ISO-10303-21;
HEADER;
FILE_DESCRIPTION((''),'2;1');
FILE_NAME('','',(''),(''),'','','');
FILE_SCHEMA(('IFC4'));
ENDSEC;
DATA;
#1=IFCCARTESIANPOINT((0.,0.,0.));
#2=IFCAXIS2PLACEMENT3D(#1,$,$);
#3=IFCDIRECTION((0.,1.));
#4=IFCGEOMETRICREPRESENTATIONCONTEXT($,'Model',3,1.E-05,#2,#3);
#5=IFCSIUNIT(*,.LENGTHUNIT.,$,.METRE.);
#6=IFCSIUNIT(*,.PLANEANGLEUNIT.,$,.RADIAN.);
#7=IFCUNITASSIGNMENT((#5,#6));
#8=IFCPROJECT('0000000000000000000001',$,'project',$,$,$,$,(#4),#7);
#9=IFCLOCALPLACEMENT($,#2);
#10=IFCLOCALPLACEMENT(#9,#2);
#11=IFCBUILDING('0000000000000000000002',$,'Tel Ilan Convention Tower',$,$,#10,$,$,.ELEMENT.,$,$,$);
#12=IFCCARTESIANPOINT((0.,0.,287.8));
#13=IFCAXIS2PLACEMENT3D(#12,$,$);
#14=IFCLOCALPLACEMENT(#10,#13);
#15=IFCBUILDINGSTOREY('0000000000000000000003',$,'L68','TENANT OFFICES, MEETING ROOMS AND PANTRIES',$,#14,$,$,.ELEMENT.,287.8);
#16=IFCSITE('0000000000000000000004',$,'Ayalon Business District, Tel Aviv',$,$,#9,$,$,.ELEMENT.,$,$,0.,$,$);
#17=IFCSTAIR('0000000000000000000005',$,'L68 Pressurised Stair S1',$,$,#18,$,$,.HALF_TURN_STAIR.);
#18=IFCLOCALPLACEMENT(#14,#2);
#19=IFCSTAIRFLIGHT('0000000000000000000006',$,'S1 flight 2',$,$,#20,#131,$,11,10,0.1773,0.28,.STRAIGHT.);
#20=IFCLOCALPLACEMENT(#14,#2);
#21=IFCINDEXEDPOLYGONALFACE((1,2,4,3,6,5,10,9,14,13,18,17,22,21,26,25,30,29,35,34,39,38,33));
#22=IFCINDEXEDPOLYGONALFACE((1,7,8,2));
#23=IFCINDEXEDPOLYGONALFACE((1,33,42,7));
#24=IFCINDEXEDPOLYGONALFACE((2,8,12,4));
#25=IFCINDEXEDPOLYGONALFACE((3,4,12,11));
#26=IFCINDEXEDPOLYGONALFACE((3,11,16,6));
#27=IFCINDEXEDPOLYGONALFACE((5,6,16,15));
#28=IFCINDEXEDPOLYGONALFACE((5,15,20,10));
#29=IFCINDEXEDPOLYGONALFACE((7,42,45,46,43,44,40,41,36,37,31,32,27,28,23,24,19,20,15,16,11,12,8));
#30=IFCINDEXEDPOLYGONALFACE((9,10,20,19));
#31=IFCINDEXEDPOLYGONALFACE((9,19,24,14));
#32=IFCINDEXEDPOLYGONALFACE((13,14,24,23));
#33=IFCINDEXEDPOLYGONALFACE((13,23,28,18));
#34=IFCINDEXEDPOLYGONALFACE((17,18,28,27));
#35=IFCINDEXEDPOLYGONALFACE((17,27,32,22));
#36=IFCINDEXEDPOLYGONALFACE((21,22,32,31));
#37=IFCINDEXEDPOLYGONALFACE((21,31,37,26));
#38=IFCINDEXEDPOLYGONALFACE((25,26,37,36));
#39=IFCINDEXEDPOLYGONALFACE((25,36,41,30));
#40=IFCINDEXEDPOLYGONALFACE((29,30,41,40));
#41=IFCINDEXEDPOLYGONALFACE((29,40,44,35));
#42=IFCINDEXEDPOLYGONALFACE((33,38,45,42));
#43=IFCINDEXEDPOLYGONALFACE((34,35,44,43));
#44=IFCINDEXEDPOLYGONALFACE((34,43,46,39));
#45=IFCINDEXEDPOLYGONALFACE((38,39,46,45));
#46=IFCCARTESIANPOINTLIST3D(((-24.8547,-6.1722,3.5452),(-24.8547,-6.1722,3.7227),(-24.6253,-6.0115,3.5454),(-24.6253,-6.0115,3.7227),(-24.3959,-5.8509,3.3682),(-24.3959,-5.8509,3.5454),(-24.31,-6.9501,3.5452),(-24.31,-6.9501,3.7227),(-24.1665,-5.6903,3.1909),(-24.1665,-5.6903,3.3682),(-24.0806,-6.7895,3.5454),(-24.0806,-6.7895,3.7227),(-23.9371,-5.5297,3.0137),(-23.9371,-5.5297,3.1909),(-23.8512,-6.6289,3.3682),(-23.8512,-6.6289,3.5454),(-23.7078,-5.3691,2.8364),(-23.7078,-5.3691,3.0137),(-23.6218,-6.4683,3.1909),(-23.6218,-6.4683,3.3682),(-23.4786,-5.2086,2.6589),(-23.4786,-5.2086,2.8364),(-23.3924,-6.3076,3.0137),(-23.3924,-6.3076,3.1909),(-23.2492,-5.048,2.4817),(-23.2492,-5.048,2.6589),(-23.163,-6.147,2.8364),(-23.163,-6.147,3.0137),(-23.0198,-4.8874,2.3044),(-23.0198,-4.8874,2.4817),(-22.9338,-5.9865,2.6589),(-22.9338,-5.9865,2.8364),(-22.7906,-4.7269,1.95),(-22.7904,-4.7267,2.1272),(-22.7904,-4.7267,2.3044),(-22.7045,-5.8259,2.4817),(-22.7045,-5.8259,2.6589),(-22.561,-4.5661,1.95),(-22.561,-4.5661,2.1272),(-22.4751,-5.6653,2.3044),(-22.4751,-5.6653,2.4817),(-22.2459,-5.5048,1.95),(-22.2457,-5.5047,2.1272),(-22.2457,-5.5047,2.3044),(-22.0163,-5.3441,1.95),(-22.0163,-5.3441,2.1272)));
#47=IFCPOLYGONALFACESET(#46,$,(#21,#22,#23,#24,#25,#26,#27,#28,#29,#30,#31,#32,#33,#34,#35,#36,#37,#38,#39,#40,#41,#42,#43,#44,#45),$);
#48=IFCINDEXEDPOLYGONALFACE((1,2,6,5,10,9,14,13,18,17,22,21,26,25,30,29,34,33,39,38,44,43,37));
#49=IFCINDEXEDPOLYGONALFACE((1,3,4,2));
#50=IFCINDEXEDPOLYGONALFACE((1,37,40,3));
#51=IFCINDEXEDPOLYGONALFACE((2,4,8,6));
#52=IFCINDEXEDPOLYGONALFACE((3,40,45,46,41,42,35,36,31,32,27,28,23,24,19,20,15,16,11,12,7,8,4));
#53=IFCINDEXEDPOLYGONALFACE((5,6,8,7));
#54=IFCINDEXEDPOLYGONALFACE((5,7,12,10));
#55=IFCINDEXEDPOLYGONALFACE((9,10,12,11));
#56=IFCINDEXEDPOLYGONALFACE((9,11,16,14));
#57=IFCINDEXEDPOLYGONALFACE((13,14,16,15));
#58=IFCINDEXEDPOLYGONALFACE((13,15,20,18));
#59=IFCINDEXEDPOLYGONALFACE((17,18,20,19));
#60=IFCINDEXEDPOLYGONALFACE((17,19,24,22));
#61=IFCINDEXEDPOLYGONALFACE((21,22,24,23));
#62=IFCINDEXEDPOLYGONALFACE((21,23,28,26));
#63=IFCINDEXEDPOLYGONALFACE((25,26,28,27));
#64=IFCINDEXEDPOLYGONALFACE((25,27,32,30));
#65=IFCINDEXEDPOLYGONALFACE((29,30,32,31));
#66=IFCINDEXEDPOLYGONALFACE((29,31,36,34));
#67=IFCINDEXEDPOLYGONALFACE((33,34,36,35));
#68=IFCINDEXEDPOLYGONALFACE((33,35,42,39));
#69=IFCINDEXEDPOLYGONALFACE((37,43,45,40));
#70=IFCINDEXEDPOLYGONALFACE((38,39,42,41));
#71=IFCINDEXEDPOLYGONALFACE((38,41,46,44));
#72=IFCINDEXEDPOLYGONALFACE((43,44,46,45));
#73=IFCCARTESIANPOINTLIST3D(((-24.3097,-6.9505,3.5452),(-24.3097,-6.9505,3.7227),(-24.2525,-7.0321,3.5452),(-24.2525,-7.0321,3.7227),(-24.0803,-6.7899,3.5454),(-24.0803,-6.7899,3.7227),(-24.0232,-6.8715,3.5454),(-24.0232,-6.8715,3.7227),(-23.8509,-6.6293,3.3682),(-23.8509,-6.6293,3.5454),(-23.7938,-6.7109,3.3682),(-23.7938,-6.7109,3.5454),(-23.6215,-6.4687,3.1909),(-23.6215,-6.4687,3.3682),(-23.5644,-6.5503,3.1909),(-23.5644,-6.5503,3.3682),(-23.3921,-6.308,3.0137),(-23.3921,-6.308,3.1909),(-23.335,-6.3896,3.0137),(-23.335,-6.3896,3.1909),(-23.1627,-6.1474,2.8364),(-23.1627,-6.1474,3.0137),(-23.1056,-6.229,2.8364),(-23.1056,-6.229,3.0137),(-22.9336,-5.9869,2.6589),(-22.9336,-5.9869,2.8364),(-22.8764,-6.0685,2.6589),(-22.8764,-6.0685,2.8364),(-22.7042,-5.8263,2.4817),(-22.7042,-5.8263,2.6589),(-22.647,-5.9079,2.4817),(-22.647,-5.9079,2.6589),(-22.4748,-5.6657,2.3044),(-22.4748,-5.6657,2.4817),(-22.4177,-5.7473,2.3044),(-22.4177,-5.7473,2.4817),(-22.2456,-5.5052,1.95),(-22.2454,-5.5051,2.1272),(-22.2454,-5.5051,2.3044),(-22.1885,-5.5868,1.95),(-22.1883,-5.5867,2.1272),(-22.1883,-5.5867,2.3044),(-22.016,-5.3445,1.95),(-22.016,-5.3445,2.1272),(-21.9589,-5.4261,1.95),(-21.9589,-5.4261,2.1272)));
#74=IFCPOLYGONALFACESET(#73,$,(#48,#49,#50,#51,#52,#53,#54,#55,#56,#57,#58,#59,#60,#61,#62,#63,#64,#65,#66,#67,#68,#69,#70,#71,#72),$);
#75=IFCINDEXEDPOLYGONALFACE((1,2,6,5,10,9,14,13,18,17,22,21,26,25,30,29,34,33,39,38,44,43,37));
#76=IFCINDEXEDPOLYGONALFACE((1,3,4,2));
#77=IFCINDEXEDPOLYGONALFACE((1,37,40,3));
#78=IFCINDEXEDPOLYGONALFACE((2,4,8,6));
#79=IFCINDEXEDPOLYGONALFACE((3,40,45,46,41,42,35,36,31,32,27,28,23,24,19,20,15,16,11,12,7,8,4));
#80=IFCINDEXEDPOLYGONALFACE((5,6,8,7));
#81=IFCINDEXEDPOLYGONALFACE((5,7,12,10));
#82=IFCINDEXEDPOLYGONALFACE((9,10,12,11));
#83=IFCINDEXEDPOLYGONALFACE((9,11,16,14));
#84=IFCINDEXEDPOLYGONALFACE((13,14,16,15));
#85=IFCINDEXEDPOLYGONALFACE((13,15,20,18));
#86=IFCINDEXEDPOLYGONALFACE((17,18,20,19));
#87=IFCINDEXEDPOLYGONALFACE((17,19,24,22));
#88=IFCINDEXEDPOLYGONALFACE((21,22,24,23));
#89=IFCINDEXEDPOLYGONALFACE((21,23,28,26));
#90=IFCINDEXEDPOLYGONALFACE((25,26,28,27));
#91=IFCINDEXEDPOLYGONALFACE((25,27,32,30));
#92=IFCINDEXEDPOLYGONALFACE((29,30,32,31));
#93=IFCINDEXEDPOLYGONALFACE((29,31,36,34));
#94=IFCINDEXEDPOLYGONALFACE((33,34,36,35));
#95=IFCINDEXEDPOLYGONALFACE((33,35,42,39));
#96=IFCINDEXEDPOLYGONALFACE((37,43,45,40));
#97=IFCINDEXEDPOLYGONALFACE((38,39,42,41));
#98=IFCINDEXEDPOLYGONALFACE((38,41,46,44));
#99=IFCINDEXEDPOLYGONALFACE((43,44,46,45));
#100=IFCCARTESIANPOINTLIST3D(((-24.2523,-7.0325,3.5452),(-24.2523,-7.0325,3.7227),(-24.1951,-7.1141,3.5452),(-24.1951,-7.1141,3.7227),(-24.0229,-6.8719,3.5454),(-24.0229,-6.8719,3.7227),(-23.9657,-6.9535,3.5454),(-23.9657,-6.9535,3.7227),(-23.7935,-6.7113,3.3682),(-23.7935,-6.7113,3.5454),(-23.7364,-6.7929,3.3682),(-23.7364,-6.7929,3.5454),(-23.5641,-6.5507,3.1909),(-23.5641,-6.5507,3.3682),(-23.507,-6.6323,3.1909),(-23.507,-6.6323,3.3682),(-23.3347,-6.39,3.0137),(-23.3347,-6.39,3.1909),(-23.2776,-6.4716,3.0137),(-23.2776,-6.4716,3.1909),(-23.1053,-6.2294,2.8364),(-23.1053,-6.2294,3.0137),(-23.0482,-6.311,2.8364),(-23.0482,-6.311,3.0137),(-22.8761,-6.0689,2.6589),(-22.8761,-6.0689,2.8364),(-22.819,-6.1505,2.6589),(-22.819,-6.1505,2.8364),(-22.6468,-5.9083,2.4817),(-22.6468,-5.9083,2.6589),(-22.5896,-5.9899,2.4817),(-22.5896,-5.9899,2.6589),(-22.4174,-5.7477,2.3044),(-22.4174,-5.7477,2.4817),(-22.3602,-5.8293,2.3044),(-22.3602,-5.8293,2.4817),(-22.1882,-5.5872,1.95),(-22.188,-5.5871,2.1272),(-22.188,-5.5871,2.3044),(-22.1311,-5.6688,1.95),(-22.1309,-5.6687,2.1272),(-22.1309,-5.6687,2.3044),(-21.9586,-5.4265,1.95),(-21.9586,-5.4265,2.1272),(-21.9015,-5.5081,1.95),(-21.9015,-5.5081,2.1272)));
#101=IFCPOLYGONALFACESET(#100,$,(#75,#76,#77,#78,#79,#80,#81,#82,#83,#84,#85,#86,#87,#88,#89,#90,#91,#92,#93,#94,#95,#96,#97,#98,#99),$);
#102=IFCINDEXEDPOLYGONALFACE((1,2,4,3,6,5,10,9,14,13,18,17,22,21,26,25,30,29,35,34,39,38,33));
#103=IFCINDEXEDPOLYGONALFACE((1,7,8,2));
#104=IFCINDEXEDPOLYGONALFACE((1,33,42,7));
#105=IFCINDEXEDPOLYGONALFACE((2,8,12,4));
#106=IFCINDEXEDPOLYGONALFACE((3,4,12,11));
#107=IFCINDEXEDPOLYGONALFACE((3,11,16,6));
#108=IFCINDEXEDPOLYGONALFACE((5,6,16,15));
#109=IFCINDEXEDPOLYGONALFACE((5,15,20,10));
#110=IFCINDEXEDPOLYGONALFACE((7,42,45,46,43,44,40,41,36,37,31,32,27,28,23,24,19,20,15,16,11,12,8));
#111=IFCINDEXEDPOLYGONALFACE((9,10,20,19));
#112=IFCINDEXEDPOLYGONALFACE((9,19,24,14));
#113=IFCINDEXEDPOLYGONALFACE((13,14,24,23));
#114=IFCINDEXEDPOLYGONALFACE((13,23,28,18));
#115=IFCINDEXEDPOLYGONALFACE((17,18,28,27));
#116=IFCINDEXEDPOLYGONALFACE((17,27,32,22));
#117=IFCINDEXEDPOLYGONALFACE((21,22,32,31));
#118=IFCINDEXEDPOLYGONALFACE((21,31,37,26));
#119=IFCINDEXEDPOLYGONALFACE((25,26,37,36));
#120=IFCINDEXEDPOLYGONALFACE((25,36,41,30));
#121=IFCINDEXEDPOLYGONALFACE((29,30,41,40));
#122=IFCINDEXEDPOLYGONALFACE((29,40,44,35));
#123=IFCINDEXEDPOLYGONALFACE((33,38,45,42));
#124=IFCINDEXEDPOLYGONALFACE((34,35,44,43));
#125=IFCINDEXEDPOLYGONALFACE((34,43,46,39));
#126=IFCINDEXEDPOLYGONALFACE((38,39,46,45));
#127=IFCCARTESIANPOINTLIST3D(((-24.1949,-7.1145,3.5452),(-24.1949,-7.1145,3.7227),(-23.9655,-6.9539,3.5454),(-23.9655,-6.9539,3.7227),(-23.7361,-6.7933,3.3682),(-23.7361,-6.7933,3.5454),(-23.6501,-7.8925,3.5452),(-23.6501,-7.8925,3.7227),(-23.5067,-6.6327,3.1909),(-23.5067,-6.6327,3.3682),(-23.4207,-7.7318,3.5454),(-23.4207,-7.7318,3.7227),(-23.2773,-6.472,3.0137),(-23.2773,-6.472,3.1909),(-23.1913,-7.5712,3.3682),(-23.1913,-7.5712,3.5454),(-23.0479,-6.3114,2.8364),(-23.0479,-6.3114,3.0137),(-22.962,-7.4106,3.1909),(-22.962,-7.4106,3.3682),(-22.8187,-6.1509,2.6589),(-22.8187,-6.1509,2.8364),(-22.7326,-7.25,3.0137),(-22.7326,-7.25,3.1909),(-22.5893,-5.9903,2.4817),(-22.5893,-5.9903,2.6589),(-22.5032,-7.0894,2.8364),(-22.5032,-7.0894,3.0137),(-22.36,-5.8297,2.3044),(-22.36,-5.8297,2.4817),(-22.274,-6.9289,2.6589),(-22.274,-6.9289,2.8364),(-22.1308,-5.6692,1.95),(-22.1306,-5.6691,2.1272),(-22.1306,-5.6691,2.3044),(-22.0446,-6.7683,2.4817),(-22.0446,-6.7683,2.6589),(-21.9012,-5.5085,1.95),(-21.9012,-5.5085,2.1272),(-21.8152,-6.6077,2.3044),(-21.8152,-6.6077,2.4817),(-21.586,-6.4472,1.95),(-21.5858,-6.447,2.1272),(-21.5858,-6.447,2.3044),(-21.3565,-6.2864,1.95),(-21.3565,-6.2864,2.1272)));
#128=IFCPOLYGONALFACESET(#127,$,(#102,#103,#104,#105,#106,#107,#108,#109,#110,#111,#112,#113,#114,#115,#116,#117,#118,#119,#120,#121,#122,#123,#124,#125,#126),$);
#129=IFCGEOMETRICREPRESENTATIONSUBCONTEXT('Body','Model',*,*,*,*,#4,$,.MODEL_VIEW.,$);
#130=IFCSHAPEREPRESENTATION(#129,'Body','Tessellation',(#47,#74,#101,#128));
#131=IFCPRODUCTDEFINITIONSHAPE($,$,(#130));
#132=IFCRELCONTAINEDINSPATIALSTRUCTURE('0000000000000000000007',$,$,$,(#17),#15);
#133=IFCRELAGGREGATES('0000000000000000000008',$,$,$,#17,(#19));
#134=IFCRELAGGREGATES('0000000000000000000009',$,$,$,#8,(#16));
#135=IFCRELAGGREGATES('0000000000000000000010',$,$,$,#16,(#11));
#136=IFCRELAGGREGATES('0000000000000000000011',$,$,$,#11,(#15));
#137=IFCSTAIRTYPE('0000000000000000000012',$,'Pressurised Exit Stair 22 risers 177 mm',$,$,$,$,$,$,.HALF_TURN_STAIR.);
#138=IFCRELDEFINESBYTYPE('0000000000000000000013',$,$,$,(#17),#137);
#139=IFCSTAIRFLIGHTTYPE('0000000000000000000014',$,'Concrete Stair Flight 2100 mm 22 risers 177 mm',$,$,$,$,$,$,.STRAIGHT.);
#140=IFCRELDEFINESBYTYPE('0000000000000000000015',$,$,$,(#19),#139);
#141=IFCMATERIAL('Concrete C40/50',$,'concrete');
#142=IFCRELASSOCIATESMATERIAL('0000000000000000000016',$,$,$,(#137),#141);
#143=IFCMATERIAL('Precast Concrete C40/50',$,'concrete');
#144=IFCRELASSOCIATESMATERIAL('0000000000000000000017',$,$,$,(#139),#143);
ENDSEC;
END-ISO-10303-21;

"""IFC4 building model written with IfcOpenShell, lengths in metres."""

from ifc_helpers import new_model, si_unit, direction, frame, origin, place, context, subcontext, project, spatial, polyline, outline, extrude, material, type_object, element, aggregate, save


model = new_model("IFC4")

# Units and contexts
model_context = context("Model", 3, precision=1e-05, world=origin(), true_north=direction((0.0, 1.0)))
body_context = subcontext(model_context, "Body", "Model", "MODEL_VIEW")
ifc_project = project(units=[si_unit("LENGTHUNIT", "METRE"), si_unit("PLANEANGLEUNIT", "RADIAN")], contexts=[model_context])

# Site, building, storey
site_placement = place(None, origin())
site = spatial("IfcSite", under=ifc_project, at=site_placement, Name="Ayalon Business District, Tel Aviv", CompositionType="ELEMENT", RefElevation=0.0)
building_placement = place(site_placement, origin())
building = spatial("IfcBuilding", under=site, at=building_placement, Name="Tel Ilan Convention Tower", CompositionType="ELEMENT")
storey_placement = place(building_placement, frame((0.0, 0.0, 287.8)))
storey = spatial("IfcBuildingStorey", under=building, at=storey_placement, Name="L68", Description="TENANT OFFICES, MEETING ROOMS AND PANTRIES", CompositionType="ELEMENT", Elevation=287.8)

# Stair, stair flight
ifc_material_1 = material(Name="Concrete C40/50", Category="concrete")
stair_type = type_object("IfcStairType", Name="Pressurised Exit Stair 22 risers 177 mm", PredefinedType="HALF_TURN_STAIR", material=ifc_material_1)
stair_1_placement = place(storey_placement, origin())
stair_1 = element("IfcStair", 1, at=stair_1_placement, inside=storey, type_object=stair_type, Name="L68 Pressurised Stair S1", PredefinedType="HALF_TURN_STAIR")
ifc_material_2 = material(Name="Precast Concrete C40/50", Category="concrete")
stair_flight_type = type_object("IfcStairFlightType", Name="Concrete Stair Flight 2100 mm 22 risers 177 mm", PredefinedType="STRAIGHT", material=ifc_material_2)
stair_flight_1_placement = place(storey_placement, frame((-21.9587, -5.4263, 1.95), z_axis=(0.0, 0.0, 1.0), x_axis=(-0.819152, -0.573576, 0.0)))
stair_flight_1 = element("IfcStairFlight", 2, at=stair_flight_1_placement, type_object=stair_flight_type, Name="S1 flight 2", NumberOfRisers=11, NumberOfTreads=10, PredefinedType="STRAIGHT", RiserHeight=0.1773, TreadLength=0.28, context=body_context, shape_type="SweptSolid", body=[
    extrude(outline(polyline([(0.0, 0.0), (0.0, 0.1772), (0.28, 0.1772), (0.28, 0.3545), (0.5601, 0.3545), (0.5601, 0.5317), (0.8401, 0.5317), (0.8401, 0.709), (1.1201, 0.709), (1.1201, 0.8865), (1.3999, 0.8865), (1.3999, 1.0637), (1.6799, 1.0637), (1.6799, 1.241), (1.96, 1.241), (1.96, 1.4182), (2.24, 1.4182), (2.24, 1.5955), (2.52, 1.5955), (2.52, 1.7727), (2.8, 1.7727), (2.8, 1.95), (2.8, 1.5952), (0.2803, 0.0), (0.0, 0.0)])), frame((0.0, -0.1003, 0.0), z_axis=(0.0, -1.0, 0.0), x_axis=(1.0, 0.0, 0.0)), (0.0, 0.0, 1.0), 0.9497),
    extrude(outline(polyline([(0.0, 0.0), (0.0, 0.1772), (0.28, 0.1772), (0.28, 0.3545), (0.5601, 0.3545), (0.5601, 0.5317), (0.8401, 0.5317), (0.8401, 0.709), (1.1201, 0.709), (1.1201, 0.8865), (1.3999, 0.8865), (1.3999, 1.0637), (1.6799, 1.0637), (1.6799, 1.241), (1.96, 1.241), (1.96, 1.4182), (2.24, 1.4182), (2.24, 1.5955), (2.52, 1.5955), (2.52, 1.7727), (2.8, 1.7727), (2.8, 1.95), (2.8, 1.5952), (0.2803, 0.0), (0.0, 0.0)])), frame((0.0, -0.0002, 0.0), z_axis=(0.0, -1.0, 0.0), x_axis=(1.0, 0.0, 0.0)), (0.0, 0.0, 1.0), 0.0996),
    extrude(outline(polyline([(0.0, 0.0), (0.0, 0.1772), (0.28, 0.1772), (0.28, 0.3545), (0.5601, 0.3545), (0.5601, 0.5317), (0.8401, 0.5317), (0.8401, 0.709), (1.1201, 0.709), (1.1201, 0.8865), (1.3999, 0.8865), (1.3999, 1.0637), (1.6799, 1.0637), (1.6799, 1.241), (1.96, 1.241), (1.96, 1.4182), (2.24, 1.4182), (2.24, 1.5955), (2.52, 1.5955), (2.52, 1.7727), (2.8, 1.7727), (2.8, 1.95), (2.8, 1.5952), (0.2803, 0.0), (0.0, 0.0)])), frame((0.0, 0.0999, 0.0), z_axis=(0.0, -1.0, 0.0), x_axis=(1.0, 0.0, 0.0)), (0.0, 0.0, 1.0), 0.0996),
    extrude(outline(polyline([(0.0, 0.0), (0.0, 0.1772), (0.28, 0.1772), (0.28, 0.3545), (0.5601, 0.3545), (0.5601, 0.5317), (0.8401, 0.5317), (0.8401, 0.709), (1.1201, 0.709), (1.1201, 0.8865), (1.3999, 0.8865), (1.3999, 1.0637), (1.6799, 1.0637), (1.6799, 1.241), (1.96, 1.241), (1.96, 1.4182), (2.24, 1.4182), (2.24, 1.5955), (2.52, 1.5955), (2.52, 1.7727), (2.8, 1.7727), (2.8, 1.95), (2.8, 1.5952), (0.2803, 0.0), (0.0, 0.0)])), frame((0.0, 1.05, 0.0), z_axis=(0.0, -1.0, 0.0), x_axis=(1.0, 0.0, 0.0)), (0.0, 0.0, 1.0), 0.9497),
])
aggregate(stair_1, [stair_flight_1])

save(model, "model.ifc")
